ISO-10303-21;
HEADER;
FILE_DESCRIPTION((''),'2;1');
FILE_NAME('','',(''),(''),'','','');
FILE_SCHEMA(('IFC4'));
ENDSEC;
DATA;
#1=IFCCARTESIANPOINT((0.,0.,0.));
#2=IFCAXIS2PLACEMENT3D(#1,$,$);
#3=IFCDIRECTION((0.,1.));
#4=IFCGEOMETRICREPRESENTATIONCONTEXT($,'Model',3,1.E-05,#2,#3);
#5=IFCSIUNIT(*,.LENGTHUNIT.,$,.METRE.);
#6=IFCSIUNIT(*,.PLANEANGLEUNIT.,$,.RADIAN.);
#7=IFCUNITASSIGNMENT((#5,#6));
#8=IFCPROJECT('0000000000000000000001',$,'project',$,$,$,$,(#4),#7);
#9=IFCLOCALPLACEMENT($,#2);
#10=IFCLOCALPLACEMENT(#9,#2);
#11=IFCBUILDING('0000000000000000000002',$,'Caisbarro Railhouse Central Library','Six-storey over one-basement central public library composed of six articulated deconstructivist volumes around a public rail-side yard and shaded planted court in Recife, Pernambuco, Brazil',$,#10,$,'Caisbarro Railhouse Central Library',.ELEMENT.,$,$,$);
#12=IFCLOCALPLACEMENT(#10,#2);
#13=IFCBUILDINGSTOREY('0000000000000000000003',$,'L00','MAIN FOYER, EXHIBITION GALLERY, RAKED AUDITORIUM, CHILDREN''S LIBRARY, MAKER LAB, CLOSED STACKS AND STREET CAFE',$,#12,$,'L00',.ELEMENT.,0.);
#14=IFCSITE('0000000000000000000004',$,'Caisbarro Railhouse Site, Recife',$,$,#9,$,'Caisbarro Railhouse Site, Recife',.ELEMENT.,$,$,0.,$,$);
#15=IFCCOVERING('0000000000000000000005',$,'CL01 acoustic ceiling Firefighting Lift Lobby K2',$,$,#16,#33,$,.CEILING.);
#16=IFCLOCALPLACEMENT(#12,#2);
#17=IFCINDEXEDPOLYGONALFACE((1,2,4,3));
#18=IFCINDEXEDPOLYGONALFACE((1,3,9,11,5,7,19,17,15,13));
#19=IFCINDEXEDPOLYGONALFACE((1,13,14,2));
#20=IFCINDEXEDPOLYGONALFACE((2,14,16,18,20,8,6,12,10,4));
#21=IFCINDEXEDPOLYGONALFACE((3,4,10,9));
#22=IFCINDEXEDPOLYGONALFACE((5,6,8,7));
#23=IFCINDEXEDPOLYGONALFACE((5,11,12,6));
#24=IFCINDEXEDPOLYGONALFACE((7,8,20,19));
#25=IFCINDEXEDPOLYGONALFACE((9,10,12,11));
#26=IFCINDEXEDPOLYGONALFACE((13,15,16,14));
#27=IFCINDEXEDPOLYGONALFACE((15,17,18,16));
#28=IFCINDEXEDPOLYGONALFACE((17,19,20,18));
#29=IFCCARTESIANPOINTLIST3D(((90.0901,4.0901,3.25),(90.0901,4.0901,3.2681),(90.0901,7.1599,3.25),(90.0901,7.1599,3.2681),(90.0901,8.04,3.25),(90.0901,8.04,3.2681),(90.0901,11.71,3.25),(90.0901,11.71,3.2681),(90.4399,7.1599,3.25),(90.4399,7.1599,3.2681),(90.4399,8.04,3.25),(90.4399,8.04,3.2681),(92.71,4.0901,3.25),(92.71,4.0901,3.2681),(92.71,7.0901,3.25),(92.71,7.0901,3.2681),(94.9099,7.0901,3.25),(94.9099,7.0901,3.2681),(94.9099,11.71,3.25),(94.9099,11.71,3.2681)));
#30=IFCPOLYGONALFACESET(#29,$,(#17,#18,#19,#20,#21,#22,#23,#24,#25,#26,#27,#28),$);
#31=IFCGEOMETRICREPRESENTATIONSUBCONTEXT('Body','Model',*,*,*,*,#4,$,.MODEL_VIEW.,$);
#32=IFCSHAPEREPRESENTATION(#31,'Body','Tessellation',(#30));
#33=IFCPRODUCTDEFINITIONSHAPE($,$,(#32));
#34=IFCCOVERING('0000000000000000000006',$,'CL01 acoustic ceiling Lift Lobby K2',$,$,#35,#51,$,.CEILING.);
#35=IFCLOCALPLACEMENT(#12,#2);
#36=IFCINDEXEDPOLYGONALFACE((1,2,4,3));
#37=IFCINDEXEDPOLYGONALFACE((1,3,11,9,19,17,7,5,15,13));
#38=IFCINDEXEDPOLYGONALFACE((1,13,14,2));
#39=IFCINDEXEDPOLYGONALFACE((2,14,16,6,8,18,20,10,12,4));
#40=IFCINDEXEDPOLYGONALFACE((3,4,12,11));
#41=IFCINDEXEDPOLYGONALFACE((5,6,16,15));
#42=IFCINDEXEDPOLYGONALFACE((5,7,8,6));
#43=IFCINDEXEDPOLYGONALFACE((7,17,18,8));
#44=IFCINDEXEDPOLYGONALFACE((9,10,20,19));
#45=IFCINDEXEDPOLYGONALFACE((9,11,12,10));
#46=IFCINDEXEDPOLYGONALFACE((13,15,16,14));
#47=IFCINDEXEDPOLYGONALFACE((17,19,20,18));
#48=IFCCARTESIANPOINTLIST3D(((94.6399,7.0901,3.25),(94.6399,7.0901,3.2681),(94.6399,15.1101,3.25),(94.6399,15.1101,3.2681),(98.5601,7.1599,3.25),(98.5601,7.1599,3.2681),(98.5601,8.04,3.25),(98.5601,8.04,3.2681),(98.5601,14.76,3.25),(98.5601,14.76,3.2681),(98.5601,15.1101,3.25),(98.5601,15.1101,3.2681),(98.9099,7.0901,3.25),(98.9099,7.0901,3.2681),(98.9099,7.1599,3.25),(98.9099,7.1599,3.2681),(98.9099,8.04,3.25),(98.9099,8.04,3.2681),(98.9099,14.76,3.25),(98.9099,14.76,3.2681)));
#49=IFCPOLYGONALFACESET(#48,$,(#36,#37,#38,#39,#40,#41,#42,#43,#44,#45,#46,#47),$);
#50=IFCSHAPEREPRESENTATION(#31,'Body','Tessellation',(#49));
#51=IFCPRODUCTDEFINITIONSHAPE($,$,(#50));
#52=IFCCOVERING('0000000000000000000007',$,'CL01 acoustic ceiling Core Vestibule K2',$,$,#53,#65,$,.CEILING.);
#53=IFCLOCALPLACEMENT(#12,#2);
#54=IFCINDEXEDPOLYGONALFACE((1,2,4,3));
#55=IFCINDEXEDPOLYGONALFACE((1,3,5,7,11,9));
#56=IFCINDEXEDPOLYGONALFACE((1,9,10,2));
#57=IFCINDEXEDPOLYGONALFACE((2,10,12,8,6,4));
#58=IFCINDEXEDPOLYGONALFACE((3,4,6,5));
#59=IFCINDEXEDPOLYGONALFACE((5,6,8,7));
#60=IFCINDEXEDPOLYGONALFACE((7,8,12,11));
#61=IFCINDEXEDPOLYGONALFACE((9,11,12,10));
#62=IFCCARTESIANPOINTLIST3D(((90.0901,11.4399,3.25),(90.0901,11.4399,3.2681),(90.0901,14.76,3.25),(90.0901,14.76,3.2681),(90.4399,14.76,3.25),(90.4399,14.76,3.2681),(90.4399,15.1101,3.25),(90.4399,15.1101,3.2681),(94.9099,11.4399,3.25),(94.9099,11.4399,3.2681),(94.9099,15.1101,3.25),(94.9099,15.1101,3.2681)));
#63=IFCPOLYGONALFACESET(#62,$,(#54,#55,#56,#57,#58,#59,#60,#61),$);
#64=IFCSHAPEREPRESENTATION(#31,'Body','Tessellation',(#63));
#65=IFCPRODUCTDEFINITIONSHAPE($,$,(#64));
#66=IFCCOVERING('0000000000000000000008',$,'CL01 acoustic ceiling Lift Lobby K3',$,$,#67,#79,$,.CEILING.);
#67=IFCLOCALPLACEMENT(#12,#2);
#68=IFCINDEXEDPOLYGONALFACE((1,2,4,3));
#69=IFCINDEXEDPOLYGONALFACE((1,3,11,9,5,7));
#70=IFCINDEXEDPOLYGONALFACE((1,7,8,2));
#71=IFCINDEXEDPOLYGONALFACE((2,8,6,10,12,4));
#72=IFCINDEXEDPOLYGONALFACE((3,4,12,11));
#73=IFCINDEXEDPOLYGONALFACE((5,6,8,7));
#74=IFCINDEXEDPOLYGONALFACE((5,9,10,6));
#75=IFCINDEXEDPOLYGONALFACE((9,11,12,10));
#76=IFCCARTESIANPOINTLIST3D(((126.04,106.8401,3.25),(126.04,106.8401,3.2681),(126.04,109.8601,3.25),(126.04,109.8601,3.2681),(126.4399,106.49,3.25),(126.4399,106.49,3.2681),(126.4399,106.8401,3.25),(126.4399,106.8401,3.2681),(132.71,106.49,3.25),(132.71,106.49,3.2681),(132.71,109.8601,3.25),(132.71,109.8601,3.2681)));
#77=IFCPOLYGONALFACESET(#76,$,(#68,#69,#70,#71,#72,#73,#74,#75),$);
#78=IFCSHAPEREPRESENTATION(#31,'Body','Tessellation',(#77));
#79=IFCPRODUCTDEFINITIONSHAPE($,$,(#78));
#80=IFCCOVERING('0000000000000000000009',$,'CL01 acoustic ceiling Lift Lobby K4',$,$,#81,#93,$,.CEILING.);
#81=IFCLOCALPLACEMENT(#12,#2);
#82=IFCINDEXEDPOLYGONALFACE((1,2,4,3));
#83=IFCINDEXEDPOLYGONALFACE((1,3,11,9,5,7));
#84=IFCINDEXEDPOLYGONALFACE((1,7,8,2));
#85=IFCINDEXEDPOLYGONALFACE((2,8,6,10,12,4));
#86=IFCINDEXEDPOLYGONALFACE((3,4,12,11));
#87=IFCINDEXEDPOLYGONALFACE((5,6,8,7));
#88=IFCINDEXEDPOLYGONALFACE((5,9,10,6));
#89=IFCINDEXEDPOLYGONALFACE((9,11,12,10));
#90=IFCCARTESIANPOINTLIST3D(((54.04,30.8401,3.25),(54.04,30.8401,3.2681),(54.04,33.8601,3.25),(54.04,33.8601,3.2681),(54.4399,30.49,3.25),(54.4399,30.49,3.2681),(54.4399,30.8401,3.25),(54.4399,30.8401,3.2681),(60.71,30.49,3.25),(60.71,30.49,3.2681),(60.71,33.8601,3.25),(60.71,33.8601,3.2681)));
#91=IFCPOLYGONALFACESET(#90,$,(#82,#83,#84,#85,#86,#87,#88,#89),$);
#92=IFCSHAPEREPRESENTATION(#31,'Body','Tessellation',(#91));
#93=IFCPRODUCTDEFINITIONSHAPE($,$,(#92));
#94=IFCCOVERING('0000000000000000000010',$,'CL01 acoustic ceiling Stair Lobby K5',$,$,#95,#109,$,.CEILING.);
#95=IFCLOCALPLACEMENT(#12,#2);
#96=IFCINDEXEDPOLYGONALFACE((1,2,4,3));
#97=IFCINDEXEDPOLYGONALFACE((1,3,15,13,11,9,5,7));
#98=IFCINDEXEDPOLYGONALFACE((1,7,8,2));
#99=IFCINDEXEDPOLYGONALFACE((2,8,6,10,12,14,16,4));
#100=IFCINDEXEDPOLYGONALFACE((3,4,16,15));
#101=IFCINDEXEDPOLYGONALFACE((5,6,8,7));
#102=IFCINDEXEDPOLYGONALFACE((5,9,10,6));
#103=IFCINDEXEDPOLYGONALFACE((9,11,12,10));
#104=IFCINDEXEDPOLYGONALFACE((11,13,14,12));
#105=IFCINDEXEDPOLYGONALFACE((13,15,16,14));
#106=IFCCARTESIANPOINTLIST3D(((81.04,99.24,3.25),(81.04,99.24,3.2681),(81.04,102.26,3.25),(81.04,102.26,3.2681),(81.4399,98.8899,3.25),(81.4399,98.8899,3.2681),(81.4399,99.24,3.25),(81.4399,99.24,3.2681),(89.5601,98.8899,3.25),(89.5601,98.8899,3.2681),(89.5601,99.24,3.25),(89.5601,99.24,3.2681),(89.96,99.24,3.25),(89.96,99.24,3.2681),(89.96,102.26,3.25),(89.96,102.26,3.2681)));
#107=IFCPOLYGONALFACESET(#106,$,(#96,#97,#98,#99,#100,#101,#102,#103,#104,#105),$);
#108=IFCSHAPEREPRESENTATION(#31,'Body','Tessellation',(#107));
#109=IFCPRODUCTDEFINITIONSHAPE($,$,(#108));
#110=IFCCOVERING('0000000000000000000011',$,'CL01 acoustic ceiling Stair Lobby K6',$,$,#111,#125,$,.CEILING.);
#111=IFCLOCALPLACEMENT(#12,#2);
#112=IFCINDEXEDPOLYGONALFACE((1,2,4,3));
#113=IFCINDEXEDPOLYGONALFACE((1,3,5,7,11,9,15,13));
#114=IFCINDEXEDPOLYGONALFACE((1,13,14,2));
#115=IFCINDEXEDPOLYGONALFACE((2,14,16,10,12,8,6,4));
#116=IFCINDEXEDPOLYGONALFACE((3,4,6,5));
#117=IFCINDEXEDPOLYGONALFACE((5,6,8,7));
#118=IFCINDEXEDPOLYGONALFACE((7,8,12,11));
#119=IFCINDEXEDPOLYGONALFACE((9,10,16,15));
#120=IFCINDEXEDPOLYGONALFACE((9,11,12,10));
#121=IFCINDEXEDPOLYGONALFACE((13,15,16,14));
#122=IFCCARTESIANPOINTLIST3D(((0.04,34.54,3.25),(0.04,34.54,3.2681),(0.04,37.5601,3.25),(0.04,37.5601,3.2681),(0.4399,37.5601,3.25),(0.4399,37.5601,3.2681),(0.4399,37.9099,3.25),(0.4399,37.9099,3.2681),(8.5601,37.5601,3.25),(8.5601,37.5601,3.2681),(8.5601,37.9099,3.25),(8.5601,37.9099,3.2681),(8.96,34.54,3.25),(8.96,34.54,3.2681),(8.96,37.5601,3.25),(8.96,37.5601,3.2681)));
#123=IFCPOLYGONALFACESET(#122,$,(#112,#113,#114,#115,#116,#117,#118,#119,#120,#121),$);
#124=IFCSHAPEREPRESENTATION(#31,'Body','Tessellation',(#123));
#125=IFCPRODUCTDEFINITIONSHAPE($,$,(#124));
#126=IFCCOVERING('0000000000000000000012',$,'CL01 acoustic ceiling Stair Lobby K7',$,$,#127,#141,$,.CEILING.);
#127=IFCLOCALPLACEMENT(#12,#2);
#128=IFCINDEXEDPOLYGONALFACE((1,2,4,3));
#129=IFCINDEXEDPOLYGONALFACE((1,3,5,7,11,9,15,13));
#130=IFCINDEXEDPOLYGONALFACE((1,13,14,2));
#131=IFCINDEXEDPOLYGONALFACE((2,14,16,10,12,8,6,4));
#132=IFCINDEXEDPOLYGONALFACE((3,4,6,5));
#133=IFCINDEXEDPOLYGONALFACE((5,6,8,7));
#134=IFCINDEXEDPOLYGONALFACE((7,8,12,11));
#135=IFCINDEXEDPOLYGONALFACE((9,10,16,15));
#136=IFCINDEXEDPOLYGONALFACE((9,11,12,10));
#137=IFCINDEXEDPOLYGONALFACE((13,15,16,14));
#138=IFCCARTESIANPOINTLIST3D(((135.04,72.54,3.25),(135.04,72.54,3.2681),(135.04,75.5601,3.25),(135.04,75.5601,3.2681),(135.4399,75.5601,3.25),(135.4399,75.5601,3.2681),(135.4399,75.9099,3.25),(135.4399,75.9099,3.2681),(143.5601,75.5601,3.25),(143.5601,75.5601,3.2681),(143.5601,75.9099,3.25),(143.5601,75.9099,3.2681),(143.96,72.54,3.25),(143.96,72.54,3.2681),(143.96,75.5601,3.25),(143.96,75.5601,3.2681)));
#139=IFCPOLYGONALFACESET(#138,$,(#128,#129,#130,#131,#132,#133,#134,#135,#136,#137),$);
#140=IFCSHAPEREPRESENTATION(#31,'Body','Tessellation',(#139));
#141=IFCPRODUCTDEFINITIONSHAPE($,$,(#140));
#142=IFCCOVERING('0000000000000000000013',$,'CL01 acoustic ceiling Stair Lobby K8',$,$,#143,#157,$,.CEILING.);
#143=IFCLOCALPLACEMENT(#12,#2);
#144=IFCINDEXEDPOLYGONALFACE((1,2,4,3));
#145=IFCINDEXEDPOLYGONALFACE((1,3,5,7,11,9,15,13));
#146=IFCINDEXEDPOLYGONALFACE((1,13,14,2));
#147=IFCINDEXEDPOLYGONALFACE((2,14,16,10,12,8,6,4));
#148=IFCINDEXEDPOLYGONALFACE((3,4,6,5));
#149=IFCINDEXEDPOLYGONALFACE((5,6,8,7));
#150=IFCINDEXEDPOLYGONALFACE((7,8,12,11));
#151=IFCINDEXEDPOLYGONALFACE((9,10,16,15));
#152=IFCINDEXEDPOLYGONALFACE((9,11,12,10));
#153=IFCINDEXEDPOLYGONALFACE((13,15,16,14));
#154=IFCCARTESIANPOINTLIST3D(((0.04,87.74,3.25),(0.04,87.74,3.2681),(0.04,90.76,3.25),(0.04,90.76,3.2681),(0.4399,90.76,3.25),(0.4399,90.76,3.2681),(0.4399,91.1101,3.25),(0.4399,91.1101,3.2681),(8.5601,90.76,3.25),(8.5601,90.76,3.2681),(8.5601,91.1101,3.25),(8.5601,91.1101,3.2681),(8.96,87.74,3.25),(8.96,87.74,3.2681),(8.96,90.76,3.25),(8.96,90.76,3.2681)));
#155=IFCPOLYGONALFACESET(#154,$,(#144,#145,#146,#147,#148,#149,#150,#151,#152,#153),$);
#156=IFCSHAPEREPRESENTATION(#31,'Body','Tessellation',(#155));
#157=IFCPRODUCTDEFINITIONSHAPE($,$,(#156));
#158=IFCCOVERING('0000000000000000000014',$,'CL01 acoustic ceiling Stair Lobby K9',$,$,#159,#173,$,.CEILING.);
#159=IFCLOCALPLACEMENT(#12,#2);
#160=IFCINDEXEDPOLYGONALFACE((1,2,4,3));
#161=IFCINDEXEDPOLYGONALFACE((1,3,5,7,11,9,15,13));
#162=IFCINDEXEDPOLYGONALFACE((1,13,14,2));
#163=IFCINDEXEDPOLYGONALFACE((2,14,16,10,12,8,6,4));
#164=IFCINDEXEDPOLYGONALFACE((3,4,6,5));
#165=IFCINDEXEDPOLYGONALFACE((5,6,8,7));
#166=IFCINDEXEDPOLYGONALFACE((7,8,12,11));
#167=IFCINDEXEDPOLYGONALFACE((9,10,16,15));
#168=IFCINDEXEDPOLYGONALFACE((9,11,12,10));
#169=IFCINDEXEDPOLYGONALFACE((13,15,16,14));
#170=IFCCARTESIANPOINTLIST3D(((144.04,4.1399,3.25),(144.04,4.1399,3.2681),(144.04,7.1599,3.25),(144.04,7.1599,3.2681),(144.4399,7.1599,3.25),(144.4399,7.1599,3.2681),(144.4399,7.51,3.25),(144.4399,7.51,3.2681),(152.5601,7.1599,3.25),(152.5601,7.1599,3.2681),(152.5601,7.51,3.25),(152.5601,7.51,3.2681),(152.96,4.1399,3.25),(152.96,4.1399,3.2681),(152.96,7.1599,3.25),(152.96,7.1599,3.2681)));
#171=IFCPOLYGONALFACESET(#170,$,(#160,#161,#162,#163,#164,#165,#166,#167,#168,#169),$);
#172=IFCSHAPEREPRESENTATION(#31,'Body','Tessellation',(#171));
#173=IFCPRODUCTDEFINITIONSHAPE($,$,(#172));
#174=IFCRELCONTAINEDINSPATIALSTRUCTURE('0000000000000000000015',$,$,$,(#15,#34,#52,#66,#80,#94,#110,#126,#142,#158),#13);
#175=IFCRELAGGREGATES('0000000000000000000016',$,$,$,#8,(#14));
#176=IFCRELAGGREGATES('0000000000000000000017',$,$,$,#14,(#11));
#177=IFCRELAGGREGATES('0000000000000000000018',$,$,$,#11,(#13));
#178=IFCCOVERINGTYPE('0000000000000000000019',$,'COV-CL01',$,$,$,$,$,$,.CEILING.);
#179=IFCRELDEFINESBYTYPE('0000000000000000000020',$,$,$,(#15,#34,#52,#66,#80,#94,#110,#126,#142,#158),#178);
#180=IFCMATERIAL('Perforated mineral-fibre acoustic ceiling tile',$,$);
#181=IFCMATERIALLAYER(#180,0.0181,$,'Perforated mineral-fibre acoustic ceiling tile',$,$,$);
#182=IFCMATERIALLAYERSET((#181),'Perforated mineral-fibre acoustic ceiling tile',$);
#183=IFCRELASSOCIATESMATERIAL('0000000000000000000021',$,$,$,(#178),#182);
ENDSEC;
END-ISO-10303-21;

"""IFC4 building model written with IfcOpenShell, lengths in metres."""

from ifc_helpers import new_model, si_unit, direction, frame, origin, place, context, subcontext, project, spatial, polyline, outline, extrude, material, layer, layer_set, type_object, element, save


model = new_model("IFC4")

# Units and contexts
model_context = context("Model", 3, precision=1e-05, world=origin(), true_north=direction((0.0, 1.0)))
body_context = subcontext(model_context, "Body", "Model", "MODEL_VIEW")
ifc_project = project(units=[si_unit("LENGTHUNIT", "METRE"), si_unit("PLANEANGLEUNIT", "RADIAN")], contexts=[model_context])

# Site, building, storey
site_placement = place(None, origin())
site = spatial("IfcSite", under=ifc_project, at=site_placement, Name="Caisbarro Railhouse Site, Recife", LongName="Caisbarro Railhouse Site, Recife", CompositionType="ELEMENT", RefElevation=0.0)
building_placement = place(site_placement, origin())
building = spatial("IfcBuilding", under=site, at=building_placement, Name="Caisbarro Railhouse Central Library", Description="Six-storey over one-basement central public library composed of six articulated deconstructivist volumes around a public rail-side yard and shaded planted court in Recife, Pernambuco, Brazil", LongName="Caisbarro Railhouse Central Library", CompositionType="ELEMENT")
storey_placement = place(building_placement, origin())
storey = spatial("IfcBuildingStorey", under=building, at=storey_placement, Name="L00", Description="MAIN FOYER, EXHIBITION GALLERY, RAKED AUDITORIUM, CHILDREN'S LIBRARY, MAKER LAB, CLOSED STACKS AND STREET CAFE", LongName="L00", CompositionType="ELEMENT", Elevation=0.0)

# Coverings
ifc_material_1 = material(Name="Perforated mineral-fibre acoustic ceiling tile")
ifc_layer_1 = layer(ifc_material_1, 0.0181, Name="Perforated mineral-fibre acoustic ceiling tile")
ifc_layer_set_1 = layer_set([ifc_layer_1], Name="Perforated mineral-fibre acoustic ceiling tile")
covering_type_1 = type_object("IfcCoveringType", Name="COV-CL01", PredefinedType="CEILING", material=ifc_layer_set_1)
covering_1_placement = place(storey_placement, frame((0.0, 0.0, 3.25)))
element("IfcCovering", 1, at=covering_1_placement, inside=storey, type_object=covering_type_1, Name="CL01 acoustic ceiling Firefighting Lift Lobby K2", PredefinedType="CEILING", context=body_context, shape_type="SweptSolid", body=[
    extrude(outline(polyline([(90.0901, 7.1599), (90.4399, 7.1599), (90.4399, 8.04), (90.0901, 8.04), (90.0901, 11.71), (94.9099, 11.71), (94.9099, 7.0901), (92.71, 7.0901), (92.71, 4.0901), (90.0901, 4.0901), (90.0901, 7.1599)])), origin(), (0.0, 0.0, 1.0), 0.0181),
])
covering_2_placement = place(storey_placement, frame((0.0, 0.0, 3.25)))
element("IfcCovering", 2, at=covering_2_placement, inside=storey, type_object=covering_type_1, Name="CL01 acoustic ceiling Lift Lobby K2", PredefinedType="CEILING", context=body_context, shape_type="SweptSolid", body=[
    extrude(outline(polyline([(98.5601, 15.1101), (98.5601, 14.76), (98.9099, 14.76), (98.9099, 8.04), (98.5601, 8.04), (98.5601, 7.1599), (98.9099, 7.1599), (98.9099, 7.0901), (94.6399, 7.0901), (94.6399, 15.1101), (98.5601, 15.1101)])), origin(), (0.0, 0.0, 1.0), 0.0181),
])
covering_3_placement = place(storey_placement, frame((0.0, 0.0, 3.25)))
element("IfcCovering", 3, at=covering_3_placement, inside=storey, type_object=covering_type_1, Name="CL01 acoustic ceiling Core Vestibule K2", PredefinedType="CEILING", context=body_context, shape_type="SweptSolid", body=[
    extrude(outline(polyline([(90.0901, 14.76), (90.4399, 14.76), (90.4399, 15.1101), (94.9099, 15.1101), (94.9099, 11.4399), (90.0901, 11.4399), (90.0901, 14.76)])), origin(), (0.0, 0.0, 1.0), 0.0181),
])
covering_4_placement = place(storey_placement, frame((0.0, 0.0, 3.25)))
element("IfcCovering", 4, at=covering_4_placement, inside=storey, type_object=covering_type_1, Name="CL01 acoustic ceiling Lift Lobby K3", PredefinedType="CEILING", context=body_context, shape_type="SweptSolid", body=[
    extrude(outline(polyline([(126.04, 109.8601), (132.71, 109.8601), (132.71, 106.49), (126.4399, 106.49), (126.4399, 106.8401), (126.04, 106.8401), (126.04, 109.8601)])), origin(), (0.0, 0.0, 1.0), 0.0181),
])
covering_5_placement = place(storey_placement, frame((0.0, 0.0, 3.25)))
element("IfcCovering", 5, at=covering_5_placement, inside=storey, type_object=covering_type_1, Name="CL01 acoustic ceiling Lift Lobby K4", PredefinedType="CEILING", context=body_context, shape_type="SweptSolid", body=[
    extrude(outline(polyline([(54.04, 33.8601), (60.71, 33.8601), (60.71, 30.49), (54.4399, 30.49), (54.4399, 30.8401), (54.04, 30.8401), (54.04, 33.8601)])), origin(), (0.0, 0.0, 1.0), 0.0181),
])
covering_6_placement = place(storey_placement, frame((0.0, 0.0, 3.25)))
element("IfcCovering", 6, at=covering_6_placement, inside=storey, type_object=covering_type_1, Name="CL01 acoustic ceiling Stair Lobby K5", PredefinedType="CEILING", context=body_context, shape_type="SweptSolid", body=[
    extrude(outline(polyline([(89.96, 102.26), (89.96, 99.24), (89.5601, 99.24), (89.5601, 98.8899), (81.4399, 98.8899), (81.4399, 99.24), (81.04, 99.24), (81.04, 102.26), (89.96, 102.26)])), origin(), (0.0, 0.0, 1.0), 0.0181),
])
covering_7_placement = place(storey_placement, frame((0.0, 0.0, 3.25)))
element("IfcCovering", 7, at=covering_7_placement, inside=storey, type_object=covering_type_1, Name="CL01 acoustic ceiling Stair Lobby K6", PredefinedType="CEILING", context=body_context, shape_type="SweptSolid", body=[
    extrude(outline(polyline([(0.4399, 37.5601), (0.4399, 37.9099), (8.5601, 37.9099), (8.5601, 37.5601), (8.96, 37.5601), (8.96, 34.54), (0.04, 34.54), (0.04, 37.5601), (0.4399, 37.5601)])), origin(), (0.0, 0.0, 1.0), 0.0181),
])
covering_8_placement = place(storey_placement, frame((0.0, 0.0, 3.25)))
element("IfcCovering", 8, at=covering_8_placement, inside=storey, type_object=covering_type_1, Name="CL01 acoustic ceiling Stair Lobby K7", PredefinedType="CEILING", context=body_context, shape_type="SweptSolid", body=[
    extrude(outline(polyline([(135.4399, 75.5601), (135.4399, 75.9099), (143.5601, 75.9099), (143.5601, 75.5601), (143.96, 75.5601), (143.96, 72.54), (135.04, 72.54), (135.04, 75.5601), (135.4399, 75.5601)])), origin(), (0.0, 0.0, 1.0), 0.0181),
])
covering_9_placement = place(storey_placement, frame((0.0, 0.0, 3.25)))
element("IfcCovering", 9, at=covering_9_placement, inside=storey, type_object=covering_type_1, Name="CL01 acoustic ceiling Stair Lobby K8", PredefinedType="CEILING", context=body_context, shape_type="SweptSolid", body=[
    extrude(outline(polyline([(0.4399, 90.76), (0.4399, 91.1101), (8.5601, 91.1101), (8.5601, 90.76), (8.96, 90.76), (8.96, 87.74), (0.04, 87.74), (0.04, 90.76), (0.4399, 90.76)])), origin(), (0.0, 0.0, 1.0), 0.0181),
])
covering_10_placement = place(storey_placement, frame((0.0, 0.0, 3.25)))
element("IfcCovering", 10, at=covering_10_placement, inside=storey, type_object=covering_type_1, Name="CL01 acoustic ceiling Stair Lobby K9", PredefinedType="CEILING", context=body_context, shape_type="SweptSolid", body=[
    extrude(outline(polyline([(144.4399, 7.1599), (144.4399, 7.51), (152.5601, 7.51), (152.5601, 7.1599), (152.96, 7.1599), (152.96, 4.1399), (144.04, 4.1399), (144.04, 7.1599), (144.4399, 7.1599)])), origin(), (0.0, 0.0, 1.0), 0.0181),
])

save(model, "model.ifc")
